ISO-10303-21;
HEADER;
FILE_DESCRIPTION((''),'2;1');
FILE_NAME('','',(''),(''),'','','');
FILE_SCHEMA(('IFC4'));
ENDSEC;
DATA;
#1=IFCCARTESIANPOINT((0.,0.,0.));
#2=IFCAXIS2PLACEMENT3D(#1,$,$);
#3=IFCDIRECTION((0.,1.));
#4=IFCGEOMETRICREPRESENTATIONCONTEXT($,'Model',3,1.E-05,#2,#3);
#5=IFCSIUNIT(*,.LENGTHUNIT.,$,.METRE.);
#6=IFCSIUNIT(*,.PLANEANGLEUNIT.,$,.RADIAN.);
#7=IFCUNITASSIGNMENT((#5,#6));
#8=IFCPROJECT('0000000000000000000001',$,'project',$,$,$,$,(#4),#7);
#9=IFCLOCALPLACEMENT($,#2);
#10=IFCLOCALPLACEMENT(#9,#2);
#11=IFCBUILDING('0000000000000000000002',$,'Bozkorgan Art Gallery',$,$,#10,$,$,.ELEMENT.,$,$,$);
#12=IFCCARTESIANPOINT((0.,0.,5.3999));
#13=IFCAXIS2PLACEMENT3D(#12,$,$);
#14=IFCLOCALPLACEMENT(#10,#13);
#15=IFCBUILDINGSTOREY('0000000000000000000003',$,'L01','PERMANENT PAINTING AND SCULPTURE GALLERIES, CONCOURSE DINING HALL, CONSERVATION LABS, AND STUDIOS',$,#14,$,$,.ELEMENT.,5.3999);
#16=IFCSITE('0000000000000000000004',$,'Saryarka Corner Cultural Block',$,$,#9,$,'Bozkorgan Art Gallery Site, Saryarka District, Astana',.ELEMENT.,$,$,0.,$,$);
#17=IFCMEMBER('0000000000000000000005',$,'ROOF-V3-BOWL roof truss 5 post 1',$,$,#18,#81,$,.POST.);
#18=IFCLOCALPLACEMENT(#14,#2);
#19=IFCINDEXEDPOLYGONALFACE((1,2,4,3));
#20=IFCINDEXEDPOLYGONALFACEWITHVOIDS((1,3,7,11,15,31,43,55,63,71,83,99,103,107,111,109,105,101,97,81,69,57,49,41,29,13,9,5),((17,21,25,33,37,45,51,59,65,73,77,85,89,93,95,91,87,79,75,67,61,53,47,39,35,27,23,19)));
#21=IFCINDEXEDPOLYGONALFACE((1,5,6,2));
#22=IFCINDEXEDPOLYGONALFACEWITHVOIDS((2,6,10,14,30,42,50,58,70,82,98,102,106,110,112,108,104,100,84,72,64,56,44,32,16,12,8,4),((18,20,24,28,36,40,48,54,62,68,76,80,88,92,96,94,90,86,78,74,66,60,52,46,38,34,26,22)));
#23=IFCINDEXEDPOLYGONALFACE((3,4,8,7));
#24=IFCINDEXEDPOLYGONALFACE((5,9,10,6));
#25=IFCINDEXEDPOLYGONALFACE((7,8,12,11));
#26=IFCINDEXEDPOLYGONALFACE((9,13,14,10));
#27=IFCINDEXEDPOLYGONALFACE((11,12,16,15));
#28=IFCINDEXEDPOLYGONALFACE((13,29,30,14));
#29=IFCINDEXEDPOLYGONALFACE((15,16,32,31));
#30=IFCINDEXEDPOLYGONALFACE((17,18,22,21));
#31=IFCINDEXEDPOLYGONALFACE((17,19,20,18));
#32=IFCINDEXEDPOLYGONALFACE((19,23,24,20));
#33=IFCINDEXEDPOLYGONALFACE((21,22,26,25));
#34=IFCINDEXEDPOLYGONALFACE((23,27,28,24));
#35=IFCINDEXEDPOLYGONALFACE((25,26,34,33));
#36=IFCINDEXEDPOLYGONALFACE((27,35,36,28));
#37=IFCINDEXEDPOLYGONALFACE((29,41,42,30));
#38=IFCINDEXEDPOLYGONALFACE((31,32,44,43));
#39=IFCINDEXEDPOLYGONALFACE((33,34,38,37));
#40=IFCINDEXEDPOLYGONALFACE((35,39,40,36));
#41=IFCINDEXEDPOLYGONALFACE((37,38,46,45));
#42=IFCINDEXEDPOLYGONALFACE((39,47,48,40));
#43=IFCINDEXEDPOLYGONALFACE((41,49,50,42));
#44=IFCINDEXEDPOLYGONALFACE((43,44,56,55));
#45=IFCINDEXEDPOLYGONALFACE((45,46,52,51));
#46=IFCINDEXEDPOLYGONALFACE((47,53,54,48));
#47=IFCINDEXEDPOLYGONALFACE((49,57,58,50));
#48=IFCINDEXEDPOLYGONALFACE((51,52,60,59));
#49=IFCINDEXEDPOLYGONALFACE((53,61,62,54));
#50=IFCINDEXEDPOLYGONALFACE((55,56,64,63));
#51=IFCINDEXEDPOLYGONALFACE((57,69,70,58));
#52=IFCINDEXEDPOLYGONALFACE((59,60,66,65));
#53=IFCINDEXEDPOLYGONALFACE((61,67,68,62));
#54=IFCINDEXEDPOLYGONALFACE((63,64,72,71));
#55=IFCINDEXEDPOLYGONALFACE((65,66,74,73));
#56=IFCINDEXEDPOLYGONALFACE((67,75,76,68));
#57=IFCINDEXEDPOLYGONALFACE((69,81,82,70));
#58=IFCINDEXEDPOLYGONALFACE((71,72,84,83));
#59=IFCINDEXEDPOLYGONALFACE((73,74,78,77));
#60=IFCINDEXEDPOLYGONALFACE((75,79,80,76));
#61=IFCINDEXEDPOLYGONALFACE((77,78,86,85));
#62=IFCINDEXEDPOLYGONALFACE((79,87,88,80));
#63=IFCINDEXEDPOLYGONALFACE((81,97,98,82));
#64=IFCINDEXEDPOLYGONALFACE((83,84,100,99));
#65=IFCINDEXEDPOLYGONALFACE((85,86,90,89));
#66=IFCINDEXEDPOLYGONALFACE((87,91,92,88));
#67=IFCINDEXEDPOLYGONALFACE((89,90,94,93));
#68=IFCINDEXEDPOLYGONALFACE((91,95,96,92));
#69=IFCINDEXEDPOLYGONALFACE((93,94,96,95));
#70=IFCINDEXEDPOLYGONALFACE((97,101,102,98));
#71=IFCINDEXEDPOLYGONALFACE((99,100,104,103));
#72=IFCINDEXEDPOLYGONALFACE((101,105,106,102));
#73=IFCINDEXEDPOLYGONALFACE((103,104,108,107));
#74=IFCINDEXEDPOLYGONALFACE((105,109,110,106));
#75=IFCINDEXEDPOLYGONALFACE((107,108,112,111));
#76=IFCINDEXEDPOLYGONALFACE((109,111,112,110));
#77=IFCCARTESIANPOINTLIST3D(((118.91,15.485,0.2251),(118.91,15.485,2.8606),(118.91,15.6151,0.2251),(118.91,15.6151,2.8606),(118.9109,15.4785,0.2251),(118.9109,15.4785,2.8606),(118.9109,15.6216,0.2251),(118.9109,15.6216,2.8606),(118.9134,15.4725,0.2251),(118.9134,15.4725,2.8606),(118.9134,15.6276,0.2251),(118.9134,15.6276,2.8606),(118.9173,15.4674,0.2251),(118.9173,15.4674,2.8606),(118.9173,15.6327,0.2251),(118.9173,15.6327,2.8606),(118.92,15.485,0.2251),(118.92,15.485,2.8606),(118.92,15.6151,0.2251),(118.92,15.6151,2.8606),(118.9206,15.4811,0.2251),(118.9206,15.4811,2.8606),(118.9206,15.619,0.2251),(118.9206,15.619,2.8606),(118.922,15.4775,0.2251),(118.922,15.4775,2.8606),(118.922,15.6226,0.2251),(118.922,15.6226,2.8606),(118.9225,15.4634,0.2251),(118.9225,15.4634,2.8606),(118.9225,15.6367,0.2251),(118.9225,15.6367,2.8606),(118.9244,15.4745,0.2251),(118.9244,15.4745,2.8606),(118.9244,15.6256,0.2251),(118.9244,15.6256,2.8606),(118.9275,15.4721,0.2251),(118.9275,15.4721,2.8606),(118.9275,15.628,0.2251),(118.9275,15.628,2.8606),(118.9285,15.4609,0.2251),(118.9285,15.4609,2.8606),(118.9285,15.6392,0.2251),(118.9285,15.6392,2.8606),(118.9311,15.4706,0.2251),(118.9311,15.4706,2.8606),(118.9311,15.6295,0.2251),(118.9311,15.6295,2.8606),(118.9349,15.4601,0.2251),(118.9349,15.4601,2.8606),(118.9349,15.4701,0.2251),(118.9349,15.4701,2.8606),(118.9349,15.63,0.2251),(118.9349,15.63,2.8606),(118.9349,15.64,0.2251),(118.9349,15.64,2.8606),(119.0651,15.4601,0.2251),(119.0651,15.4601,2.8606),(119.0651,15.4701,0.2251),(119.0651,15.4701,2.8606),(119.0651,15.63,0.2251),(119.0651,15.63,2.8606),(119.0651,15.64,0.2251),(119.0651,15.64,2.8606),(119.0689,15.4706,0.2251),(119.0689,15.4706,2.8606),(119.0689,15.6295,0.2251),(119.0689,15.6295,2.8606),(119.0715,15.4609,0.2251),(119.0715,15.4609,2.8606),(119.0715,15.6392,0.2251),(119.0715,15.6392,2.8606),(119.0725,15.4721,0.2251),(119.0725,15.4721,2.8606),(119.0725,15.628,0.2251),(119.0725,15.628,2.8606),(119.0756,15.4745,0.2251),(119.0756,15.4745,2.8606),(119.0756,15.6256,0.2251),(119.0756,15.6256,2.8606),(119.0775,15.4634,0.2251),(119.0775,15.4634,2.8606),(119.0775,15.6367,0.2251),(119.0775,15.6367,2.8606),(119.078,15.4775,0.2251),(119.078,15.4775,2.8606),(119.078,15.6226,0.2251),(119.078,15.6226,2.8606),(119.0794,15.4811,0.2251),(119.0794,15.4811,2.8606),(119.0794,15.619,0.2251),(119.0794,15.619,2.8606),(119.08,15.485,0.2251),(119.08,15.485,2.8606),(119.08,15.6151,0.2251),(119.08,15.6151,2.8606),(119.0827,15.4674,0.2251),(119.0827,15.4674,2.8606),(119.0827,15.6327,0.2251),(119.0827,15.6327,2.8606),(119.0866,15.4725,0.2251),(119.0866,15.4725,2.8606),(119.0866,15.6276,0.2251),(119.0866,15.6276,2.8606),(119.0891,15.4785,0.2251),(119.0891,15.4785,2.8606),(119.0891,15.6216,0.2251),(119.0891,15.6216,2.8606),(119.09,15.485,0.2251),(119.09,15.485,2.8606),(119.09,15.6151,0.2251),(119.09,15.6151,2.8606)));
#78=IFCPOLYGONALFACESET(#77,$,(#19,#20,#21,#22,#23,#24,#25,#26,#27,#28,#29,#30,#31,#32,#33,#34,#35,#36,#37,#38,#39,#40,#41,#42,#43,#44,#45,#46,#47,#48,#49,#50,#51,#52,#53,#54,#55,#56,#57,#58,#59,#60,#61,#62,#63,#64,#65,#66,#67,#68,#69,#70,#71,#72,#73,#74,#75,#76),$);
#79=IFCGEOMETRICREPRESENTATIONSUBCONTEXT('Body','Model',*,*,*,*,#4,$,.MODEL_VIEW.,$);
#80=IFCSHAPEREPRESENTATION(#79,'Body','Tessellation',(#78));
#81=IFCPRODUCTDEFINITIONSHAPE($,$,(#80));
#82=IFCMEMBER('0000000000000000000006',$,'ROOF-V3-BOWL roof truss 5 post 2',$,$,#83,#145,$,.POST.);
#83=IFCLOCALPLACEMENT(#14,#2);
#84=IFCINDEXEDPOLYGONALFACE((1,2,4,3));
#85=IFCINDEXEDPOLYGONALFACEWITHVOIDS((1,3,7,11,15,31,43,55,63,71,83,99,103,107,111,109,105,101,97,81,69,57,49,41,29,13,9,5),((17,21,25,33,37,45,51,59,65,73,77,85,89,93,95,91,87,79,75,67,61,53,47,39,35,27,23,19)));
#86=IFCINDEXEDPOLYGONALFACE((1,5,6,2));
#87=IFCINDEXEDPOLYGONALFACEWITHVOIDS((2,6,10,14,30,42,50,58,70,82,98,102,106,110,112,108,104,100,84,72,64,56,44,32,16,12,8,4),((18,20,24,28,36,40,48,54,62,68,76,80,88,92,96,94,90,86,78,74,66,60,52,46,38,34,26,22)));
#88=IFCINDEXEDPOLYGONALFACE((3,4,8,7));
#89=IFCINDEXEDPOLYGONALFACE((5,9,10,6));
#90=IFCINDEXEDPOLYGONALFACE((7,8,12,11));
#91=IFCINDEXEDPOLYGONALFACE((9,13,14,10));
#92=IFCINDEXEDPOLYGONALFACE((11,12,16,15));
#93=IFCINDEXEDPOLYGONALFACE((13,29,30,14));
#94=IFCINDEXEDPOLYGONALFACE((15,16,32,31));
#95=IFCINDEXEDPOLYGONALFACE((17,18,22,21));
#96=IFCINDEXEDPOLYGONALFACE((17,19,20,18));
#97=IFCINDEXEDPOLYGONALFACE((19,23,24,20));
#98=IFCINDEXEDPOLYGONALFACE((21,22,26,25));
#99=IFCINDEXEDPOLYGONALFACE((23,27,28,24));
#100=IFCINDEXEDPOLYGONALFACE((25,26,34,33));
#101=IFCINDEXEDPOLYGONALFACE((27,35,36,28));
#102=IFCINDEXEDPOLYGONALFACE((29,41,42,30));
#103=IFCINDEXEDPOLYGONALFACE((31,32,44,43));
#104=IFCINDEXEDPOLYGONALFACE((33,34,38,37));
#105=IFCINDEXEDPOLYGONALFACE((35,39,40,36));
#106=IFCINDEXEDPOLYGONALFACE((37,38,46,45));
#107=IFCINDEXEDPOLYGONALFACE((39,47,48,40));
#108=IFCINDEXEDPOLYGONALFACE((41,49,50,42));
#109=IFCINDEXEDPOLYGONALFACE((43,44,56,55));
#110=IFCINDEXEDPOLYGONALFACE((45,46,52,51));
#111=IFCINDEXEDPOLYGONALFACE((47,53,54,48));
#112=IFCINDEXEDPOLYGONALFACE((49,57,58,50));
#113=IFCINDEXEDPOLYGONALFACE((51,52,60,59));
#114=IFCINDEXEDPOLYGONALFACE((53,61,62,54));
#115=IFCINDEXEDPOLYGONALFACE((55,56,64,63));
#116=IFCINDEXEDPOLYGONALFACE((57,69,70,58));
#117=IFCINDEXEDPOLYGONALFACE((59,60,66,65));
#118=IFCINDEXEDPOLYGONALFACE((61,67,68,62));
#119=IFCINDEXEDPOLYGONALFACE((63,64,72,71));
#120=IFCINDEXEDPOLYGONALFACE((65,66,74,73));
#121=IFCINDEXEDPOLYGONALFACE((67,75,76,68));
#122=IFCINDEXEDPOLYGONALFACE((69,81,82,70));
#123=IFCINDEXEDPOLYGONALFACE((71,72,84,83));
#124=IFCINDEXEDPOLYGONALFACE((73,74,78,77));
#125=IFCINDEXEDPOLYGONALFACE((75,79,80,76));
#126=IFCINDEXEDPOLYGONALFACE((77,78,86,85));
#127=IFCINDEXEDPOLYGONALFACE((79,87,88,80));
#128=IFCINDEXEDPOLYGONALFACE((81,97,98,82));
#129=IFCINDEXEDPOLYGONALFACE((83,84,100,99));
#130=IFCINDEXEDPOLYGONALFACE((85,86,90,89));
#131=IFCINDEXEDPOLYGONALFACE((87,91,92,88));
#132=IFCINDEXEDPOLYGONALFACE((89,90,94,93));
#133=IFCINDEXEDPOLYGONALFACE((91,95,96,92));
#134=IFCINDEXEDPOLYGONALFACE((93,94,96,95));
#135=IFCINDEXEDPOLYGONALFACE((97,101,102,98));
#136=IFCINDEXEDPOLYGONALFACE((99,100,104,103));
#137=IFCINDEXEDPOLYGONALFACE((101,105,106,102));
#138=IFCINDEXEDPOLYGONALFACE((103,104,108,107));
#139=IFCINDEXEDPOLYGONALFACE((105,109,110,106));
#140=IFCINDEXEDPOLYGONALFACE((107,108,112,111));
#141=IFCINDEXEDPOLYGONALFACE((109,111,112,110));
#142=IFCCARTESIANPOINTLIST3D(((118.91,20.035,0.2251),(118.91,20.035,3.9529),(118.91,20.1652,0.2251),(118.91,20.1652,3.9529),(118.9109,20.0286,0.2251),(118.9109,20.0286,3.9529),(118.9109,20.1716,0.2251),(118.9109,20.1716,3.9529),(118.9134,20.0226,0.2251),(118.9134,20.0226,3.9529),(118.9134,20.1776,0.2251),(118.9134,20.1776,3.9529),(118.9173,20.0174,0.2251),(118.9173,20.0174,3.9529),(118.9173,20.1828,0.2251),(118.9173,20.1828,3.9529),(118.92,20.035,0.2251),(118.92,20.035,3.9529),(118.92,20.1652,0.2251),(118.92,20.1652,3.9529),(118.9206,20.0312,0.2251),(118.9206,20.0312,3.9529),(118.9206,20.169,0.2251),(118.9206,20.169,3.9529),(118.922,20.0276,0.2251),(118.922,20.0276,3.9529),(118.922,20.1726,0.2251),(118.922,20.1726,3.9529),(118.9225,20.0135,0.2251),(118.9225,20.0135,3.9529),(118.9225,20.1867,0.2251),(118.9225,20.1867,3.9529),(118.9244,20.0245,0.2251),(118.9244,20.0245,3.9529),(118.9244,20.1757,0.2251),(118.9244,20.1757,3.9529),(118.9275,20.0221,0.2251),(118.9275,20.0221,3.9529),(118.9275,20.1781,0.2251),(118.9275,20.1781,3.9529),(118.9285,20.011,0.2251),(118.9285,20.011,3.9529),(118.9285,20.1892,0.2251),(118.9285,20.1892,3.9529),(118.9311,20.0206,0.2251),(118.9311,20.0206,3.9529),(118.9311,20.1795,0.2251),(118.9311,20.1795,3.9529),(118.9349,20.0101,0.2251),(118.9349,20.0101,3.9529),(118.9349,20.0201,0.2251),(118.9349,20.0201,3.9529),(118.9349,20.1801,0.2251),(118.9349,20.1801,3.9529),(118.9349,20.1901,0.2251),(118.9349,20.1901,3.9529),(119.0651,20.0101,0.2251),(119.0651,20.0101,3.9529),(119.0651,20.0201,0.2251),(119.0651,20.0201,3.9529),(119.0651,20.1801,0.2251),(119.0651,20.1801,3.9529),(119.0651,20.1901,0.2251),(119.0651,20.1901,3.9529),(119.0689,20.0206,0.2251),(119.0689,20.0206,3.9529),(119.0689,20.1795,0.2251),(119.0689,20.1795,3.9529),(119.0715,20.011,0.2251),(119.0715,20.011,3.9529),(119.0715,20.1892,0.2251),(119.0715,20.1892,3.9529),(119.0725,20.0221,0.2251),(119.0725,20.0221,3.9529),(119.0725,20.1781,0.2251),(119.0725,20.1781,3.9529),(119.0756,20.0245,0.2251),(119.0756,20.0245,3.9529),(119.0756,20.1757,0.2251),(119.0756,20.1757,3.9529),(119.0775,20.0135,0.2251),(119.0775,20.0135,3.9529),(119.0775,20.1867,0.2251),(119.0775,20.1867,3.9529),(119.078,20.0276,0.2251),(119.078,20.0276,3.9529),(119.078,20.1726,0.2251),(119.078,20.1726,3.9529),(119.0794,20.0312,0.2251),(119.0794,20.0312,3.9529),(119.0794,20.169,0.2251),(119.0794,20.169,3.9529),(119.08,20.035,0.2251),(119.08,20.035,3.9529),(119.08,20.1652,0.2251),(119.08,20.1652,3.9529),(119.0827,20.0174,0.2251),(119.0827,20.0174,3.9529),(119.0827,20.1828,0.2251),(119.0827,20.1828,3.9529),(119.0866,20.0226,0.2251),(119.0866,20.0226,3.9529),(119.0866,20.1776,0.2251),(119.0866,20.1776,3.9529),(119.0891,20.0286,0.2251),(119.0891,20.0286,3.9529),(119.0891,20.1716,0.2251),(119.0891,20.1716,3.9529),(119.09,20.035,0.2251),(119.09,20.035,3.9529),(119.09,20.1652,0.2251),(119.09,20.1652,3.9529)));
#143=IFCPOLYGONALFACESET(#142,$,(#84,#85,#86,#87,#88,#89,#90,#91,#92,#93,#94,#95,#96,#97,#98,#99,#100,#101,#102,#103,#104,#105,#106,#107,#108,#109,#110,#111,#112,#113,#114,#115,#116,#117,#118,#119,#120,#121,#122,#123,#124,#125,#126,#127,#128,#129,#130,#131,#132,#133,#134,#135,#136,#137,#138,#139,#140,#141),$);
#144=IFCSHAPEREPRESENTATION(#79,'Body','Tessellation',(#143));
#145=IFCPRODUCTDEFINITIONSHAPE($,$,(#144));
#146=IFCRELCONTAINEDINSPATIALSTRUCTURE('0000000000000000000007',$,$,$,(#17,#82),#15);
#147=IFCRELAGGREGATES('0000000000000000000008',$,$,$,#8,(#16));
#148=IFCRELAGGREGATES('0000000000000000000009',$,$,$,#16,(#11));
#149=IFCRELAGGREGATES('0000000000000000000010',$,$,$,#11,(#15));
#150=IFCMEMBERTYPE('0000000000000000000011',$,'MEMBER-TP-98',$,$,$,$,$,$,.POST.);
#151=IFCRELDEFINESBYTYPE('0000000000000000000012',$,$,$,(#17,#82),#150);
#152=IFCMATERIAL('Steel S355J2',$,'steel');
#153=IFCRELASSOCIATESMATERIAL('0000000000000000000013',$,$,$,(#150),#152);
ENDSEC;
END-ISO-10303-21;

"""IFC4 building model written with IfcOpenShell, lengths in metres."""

from ifc_helpers import new_model, si_unit, direction, frame, origin, origin_2d, place, context, subcontext, project, spatial, hollow_rectangle, extrude, material, material_profile, profile_set, type_object, element, save


model = new_model("IFC4")

# Units and contexts
model_context = context("Model", 3, precision=1e-05, world=origin(), true_north=direction((0.0, 1.0)))
body_context = subcontext(model_context, "Body", "Model", "MODEL_VIEW")
ifc_project = project(units=[si_unit("LENGTHUNIT", "METRE"), si_unit("PLANEANGLEUNIT", "RADIAN")], contexts=[model_context])

# Site, building, storey
site_placement = place(None, origin())
site = spatial("IfcSite", under=ifc_project, at=site_placement, Name="Saryarka Corner Cultural Block", LongName="Bozkorgan Art Gallery Site, Saryarka District, Astana", CompositionType="ELEMENT", RefElevation=0.0)
building_placement = place(site_placement, origin())
building = spatial("IfcBuilding", under=site, at=building_placement, Name="Bozkorgan Art Gallery", CompositionType="ELEMENT")
storey_placement = place(building_placement, frame((0.0, 0.0, 5.3999)))
storey = spatial("IfcBuildingStorey", under=building, at=storey_placement, Name="L01", Description="PERMANENT PAINTING AND SCULPTURE GALLERIES, CONCOURSE DINING HALL, CONSERVATION LABS, AND STUDIOS", CompositionType="ELEMENT", Elevation=5.3999)

# Shared definitions
ifc_material_1 = material(Name="Steel S355J2", Category="steel")

# Members
ifc_material_profile_1 = material_profile(ifc_material_1, hollow_rectangle(XDim=0.1799, YDim=0.1799, WallThickness=0.01, InnerFilletRadius=0.0149, OuterFilletRadius=0.0249, at=origin_2d()), Name="SHS 180x180x10")
ifc_profile_set_1 = profile_set([ifc_material_profile_1], Name="Steel S355J2")
member_type_1 = type_object("IfcMemberType", Name="MEMBER-TP-98", PredefinedType="POST", material=ifc_profile_set_1)
member_1_placement = place(storey_placement, frame((119.0, 15.55, 0.2251), z_axis=(0.0, 0.0, 1.0), x_axis=(1.0, 0.0, 0.0)))
element("IfcMember", 1, at=member_1_placement, inside=storey, type_object=member_type_1, Name="ROOF-V3-BOWL roof truss 5 post 1", PredefinedType="POST", context=body_context, shape_type="SweptSolid", body=[
    extrude(hollow_rectangle(XDim=0.1799, YDim=0.1799, WallThickness=0.01, InnerFilletRadius=0.0149, OuterFilletRadius=0.0249, at=origin_2d()), origin(), (0.0, 0.0, 1.0), 2.6355),
])
member_2_placement = place(storey_placement, frame((119.0, 20.1001, 0.2251), z_axis=(0.0, 0.0, 1.0), x_axis=(1.0, 0.0, 0.0)))
element("IfcMember", 2, at=member_2_placement, inside=storey, type_object=member_type_1, Name="ROOF-V3-BOWL roof truss 5 post 2", PredefinedType="POST", context=body_context, shape_type="SweptSolid", body=[
    extrude(hollow_rectangle(XDim=0.1799, YDim=0.1799, WallThickness=0.01, InnerFilletRadius=0.0149, OuterFilletRadius=0.0249, at=origin_2d()), origin(), (0.0, 0.0, 1.0), 3.7278),
])

save(model, "model.ifc")
